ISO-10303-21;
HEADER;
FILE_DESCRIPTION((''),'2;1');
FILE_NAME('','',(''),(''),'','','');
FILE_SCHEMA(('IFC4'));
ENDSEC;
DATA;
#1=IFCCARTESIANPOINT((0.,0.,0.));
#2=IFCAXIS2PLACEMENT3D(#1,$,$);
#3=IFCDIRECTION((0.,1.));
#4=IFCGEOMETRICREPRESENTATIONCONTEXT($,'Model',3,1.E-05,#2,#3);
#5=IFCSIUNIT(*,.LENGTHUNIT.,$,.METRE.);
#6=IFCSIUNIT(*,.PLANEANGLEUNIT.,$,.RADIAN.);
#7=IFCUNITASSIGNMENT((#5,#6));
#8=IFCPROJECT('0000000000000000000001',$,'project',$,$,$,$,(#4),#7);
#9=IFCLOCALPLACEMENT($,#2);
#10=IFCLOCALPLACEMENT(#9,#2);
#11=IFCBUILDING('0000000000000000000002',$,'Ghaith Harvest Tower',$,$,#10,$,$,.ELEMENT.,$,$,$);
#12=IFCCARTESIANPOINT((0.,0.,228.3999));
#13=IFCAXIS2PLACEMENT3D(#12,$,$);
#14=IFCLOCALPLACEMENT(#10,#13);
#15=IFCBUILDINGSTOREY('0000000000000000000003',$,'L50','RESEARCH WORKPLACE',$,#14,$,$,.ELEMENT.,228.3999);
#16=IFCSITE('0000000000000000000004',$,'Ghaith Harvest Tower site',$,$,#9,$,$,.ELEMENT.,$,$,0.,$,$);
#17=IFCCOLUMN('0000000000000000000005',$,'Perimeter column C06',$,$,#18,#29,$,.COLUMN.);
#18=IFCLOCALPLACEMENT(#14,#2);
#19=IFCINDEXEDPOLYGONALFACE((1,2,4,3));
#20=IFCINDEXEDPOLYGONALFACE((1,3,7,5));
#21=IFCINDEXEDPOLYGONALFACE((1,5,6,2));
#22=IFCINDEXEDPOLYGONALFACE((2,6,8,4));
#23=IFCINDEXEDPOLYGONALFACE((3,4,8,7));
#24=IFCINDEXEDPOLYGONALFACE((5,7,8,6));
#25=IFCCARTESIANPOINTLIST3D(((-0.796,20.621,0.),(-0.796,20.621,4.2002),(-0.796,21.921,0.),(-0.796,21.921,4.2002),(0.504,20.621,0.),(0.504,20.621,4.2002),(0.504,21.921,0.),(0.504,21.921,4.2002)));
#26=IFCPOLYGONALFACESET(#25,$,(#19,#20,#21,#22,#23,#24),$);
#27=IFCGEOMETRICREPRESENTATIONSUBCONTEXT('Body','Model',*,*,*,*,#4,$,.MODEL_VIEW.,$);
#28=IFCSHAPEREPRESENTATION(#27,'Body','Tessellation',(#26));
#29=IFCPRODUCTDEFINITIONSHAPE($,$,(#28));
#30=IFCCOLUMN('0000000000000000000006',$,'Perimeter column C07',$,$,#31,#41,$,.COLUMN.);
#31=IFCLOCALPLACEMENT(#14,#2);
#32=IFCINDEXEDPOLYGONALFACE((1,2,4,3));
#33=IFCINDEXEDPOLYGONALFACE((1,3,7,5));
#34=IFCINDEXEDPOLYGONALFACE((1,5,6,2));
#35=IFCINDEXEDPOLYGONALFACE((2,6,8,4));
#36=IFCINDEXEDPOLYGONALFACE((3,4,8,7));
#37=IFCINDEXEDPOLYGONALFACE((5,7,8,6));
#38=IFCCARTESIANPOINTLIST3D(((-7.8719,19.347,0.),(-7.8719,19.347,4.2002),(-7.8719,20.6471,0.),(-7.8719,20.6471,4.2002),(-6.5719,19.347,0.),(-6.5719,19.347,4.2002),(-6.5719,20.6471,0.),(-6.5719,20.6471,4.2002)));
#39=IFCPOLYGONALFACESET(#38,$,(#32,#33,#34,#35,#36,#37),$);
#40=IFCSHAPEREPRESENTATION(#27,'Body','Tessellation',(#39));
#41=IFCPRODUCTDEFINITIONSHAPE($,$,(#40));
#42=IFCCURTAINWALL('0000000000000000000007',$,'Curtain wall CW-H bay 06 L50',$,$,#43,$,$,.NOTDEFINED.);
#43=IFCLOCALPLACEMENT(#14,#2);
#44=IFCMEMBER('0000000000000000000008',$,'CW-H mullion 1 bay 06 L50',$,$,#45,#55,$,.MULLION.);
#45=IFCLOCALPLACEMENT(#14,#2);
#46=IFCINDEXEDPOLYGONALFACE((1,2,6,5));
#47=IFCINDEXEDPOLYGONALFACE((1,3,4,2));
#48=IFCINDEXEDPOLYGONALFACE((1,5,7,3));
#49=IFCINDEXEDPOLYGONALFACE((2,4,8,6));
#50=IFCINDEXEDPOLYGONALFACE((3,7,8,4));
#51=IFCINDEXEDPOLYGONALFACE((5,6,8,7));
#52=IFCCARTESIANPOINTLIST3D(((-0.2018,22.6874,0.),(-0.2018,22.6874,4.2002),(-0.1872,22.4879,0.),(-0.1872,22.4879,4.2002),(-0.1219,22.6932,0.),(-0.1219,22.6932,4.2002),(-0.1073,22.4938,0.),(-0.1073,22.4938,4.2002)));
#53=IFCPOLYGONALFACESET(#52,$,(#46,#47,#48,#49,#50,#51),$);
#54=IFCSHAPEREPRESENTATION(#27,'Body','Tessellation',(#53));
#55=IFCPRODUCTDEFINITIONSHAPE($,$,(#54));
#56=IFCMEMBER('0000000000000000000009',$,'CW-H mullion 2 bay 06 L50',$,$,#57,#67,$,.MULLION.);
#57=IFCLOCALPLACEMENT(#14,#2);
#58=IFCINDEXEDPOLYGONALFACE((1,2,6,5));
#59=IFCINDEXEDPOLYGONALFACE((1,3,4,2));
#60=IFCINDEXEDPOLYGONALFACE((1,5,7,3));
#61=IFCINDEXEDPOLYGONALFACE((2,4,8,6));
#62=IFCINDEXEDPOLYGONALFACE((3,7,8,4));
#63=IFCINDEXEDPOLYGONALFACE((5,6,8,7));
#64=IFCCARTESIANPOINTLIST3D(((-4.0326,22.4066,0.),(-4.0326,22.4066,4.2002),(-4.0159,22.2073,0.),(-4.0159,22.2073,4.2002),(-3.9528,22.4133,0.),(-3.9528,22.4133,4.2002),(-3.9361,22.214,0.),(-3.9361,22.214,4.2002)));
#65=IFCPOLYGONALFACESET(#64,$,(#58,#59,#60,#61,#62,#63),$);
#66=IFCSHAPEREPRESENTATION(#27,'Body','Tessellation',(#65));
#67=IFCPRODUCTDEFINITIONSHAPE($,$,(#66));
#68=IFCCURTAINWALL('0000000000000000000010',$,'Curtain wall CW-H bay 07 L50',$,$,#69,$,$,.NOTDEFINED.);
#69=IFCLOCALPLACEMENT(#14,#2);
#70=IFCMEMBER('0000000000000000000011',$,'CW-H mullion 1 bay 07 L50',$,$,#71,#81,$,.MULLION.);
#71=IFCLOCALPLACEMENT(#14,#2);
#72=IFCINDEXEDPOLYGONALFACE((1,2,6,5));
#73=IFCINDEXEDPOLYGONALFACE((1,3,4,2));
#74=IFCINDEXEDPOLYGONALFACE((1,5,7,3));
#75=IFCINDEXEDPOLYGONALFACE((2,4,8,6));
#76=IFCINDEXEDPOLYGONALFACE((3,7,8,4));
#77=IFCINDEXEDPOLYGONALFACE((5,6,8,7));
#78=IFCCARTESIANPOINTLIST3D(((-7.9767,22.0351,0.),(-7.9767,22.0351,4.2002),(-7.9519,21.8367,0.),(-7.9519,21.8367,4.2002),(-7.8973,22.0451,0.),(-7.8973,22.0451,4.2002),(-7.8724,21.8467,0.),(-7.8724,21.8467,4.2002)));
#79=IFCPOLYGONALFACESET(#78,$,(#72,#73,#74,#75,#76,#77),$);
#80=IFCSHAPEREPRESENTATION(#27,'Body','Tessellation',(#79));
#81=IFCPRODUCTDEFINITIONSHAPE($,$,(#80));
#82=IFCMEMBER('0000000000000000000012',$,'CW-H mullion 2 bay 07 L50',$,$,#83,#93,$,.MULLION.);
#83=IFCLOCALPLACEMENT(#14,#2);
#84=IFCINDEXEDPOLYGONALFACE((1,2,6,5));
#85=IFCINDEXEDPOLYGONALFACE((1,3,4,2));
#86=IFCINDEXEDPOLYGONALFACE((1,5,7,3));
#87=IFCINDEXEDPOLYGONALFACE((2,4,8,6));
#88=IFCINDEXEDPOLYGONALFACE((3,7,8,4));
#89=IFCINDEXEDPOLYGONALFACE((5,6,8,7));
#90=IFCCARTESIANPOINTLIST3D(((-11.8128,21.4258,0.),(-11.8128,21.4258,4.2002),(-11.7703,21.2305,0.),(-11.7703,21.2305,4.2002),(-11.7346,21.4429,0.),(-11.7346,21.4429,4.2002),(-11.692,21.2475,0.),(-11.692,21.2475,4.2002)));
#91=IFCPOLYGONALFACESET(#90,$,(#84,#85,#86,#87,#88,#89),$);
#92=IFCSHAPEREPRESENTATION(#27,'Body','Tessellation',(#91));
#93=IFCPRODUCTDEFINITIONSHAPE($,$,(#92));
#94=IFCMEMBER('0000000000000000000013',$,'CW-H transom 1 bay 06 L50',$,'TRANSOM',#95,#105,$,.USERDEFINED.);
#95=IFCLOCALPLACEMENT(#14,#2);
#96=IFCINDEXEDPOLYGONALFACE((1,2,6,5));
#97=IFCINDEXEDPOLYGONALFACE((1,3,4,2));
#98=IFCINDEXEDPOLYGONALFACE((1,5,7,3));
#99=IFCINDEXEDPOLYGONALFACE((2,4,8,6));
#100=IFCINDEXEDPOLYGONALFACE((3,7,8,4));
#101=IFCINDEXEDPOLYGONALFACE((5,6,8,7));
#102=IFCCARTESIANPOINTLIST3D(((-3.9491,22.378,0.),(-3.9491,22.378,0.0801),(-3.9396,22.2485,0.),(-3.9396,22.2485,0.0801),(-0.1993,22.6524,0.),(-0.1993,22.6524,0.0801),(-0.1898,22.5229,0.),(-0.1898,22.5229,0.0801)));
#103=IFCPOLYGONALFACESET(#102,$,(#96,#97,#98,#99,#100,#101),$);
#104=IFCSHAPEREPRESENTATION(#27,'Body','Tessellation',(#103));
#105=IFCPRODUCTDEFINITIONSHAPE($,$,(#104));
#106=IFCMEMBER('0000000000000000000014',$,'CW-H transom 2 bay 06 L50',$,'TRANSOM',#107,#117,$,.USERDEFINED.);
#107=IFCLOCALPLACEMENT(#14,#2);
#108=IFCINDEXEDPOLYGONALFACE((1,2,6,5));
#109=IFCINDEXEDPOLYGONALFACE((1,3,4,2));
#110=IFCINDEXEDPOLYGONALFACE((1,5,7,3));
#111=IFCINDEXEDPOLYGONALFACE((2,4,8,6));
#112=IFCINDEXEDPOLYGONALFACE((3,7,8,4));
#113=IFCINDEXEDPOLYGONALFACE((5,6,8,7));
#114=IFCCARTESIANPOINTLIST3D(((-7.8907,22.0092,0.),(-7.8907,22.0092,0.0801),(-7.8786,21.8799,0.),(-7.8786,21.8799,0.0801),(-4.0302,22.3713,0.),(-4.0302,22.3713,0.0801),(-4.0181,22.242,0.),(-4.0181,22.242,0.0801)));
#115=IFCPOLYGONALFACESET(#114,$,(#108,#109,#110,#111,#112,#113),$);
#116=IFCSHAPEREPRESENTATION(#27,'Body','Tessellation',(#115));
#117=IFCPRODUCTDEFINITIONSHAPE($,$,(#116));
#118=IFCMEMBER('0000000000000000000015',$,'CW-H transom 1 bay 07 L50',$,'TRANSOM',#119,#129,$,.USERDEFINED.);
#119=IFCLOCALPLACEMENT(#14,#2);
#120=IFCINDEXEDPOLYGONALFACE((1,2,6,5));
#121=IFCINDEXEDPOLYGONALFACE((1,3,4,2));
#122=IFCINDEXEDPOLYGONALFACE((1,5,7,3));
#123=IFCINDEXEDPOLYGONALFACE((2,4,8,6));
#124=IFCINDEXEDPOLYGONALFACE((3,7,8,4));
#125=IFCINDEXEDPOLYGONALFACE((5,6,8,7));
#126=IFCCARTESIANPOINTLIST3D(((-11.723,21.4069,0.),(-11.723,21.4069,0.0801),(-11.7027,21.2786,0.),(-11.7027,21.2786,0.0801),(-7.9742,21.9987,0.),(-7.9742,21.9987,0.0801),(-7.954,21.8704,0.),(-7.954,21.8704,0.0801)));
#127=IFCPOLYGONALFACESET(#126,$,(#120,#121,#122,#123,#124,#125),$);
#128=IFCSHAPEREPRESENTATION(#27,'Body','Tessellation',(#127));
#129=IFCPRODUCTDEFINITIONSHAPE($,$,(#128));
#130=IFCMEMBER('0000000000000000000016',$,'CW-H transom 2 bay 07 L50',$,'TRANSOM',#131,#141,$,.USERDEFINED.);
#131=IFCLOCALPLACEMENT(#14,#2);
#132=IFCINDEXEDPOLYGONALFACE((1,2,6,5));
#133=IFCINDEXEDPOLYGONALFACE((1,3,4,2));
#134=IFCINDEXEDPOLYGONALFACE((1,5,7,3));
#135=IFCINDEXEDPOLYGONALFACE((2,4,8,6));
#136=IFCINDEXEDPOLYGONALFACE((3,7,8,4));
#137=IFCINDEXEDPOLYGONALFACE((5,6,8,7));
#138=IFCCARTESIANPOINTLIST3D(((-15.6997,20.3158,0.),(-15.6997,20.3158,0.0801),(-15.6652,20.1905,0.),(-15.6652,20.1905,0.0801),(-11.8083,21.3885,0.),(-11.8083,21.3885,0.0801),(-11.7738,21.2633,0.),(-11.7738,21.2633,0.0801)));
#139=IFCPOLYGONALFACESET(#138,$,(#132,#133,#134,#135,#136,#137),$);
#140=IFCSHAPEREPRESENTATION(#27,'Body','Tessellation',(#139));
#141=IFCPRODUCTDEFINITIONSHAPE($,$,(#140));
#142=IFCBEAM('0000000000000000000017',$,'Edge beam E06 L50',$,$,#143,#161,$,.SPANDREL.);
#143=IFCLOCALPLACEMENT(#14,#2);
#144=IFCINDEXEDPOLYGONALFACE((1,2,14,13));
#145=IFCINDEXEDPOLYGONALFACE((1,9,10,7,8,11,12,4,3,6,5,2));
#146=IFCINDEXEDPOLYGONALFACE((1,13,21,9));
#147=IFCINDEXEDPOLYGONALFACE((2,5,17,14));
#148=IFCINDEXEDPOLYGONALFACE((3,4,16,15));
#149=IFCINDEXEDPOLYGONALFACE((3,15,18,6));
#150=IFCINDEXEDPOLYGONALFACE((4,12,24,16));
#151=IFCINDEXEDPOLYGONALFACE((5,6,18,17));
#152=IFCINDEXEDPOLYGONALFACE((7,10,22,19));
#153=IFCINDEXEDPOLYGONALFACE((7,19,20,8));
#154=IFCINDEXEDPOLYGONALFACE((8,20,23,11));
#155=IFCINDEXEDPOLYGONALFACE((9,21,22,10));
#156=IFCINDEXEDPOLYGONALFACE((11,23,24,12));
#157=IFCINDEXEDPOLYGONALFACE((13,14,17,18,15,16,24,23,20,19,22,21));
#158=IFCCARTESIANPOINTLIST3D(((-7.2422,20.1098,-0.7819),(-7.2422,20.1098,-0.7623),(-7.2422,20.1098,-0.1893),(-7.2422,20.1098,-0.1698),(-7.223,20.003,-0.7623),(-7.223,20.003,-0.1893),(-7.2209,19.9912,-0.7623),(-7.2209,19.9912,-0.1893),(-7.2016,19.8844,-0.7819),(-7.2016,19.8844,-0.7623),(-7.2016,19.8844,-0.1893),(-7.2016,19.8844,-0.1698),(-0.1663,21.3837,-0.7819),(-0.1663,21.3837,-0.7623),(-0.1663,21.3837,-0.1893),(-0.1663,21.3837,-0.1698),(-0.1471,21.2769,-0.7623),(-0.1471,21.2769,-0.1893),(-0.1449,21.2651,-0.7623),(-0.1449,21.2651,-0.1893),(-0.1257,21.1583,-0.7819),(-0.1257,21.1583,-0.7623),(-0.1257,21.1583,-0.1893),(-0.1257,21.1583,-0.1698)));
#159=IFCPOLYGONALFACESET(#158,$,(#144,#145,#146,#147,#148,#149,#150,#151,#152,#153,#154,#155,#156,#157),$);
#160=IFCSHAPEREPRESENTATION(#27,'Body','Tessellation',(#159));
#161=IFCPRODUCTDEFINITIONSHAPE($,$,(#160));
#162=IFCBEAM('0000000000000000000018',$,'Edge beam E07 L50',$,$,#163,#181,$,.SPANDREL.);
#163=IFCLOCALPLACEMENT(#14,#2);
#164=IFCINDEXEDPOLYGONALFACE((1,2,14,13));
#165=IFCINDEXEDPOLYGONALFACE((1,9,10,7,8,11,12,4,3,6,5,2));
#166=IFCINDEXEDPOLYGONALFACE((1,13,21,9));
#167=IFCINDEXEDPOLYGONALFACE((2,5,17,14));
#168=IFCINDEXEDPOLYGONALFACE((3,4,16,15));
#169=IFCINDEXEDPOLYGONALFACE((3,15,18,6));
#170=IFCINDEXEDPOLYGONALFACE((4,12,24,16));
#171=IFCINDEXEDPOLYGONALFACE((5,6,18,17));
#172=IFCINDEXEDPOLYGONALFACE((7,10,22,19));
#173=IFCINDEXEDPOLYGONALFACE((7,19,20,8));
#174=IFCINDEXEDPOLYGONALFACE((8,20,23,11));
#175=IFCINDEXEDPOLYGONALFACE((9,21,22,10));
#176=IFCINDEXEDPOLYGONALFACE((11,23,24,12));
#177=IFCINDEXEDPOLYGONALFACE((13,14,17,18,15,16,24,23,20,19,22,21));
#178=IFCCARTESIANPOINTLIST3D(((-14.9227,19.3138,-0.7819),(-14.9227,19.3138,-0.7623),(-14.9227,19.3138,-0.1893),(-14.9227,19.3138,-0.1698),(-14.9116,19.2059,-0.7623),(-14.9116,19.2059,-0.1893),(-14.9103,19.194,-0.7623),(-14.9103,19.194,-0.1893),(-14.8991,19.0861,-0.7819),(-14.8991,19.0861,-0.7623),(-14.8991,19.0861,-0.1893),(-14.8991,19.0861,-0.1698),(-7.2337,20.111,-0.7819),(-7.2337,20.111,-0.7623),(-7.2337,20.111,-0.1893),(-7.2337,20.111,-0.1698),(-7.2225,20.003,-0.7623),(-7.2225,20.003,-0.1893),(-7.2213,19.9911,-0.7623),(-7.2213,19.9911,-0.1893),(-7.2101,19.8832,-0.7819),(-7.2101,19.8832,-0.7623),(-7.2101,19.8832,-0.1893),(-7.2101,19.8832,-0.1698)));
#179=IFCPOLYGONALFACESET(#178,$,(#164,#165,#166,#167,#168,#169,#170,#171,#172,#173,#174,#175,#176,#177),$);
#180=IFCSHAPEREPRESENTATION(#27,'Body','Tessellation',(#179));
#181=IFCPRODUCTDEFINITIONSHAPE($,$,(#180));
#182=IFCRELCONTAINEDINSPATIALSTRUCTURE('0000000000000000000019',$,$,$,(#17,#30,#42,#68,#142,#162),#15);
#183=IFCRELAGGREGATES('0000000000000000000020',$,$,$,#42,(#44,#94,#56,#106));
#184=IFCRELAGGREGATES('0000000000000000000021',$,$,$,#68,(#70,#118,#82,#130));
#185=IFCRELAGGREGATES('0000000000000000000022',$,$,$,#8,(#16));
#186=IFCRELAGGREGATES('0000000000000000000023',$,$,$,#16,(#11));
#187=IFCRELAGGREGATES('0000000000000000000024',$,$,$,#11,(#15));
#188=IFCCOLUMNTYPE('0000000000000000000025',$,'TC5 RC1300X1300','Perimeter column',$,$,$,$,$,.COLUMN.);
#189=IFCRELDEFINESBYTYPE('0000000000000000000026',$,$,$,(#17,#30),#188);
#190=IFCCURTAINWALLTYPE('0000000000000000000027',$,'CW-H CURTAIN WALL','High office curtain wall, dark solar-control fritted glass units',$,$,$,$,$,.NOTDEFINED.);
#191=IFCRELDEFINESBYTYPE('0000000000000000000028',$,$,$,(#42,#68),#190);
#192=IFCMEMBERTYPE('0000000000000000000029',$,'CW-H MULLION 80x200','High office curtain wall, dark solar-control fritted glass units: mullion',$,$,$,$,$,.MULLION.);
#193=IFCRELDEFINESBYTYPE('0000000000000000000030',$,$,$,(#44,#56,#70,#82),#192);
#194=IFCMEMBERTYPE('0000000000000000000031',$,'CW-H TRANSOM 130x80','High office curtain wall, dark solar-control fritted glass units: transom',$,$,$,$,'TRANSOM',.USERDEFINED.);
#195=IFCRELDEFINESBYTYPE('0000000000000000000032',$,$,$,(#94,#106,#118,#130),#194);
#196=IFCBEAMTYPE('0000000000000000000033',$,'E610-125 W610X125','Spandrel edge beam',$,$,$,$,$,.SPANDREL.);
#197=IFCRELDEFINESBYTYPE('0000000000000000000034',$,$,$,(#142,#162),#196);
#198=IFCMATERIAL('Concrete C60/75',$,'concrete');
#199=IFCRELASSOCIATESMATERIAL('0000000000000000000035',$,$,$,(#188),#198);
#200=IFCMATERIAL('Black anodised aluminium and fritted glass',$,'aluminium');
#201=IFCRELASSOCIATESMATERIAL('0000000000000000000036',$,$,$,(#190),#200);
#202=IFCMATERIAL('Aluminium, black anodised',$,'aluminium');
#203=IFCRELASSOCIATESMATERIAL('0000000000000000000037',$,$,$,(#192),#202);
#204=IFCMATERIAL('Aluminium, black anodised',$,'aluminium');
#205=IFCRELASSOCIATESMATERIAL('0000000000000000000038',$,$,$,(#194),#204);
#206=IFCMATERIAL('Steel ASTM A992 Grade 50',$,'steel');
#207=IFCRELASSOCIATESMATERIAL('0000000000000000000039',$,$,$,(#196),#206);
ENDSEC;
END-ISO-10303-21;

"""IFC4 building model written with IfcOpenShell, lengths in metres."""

from ifc_helpers import new_model, si_unit, direction, frame, origin, origin_2d, place, context, subcontext, project, spatial, rectangle, i_section, extrude, material, material_profile, profile_set, type_object, element, aggregate, save


model = new_model("IFC4")

# Units and contexts
model_context = context("Model", 3, precision=1e-05, world=origin(), true_north=direction((0.0, 1.0)))
body_context = subcontext(model_context, "Body", "Model", "MODEL_VIEW")
ifc_project = project(units=[si_unit("LENGTHUNIT", "METRE"), si_unit("PLANEANGLEUNIT", "RADIAN")], contexts=[model_context])

# Site, building, storey
site_placement = place(None, origin())
site = spatial("IfcSite", under=ifc_project, at=site_placement, Name="Ghaith Harvest Tower site", CompositionType="ELEMENT", RefElevation=0.0)
building_placement = place(site_placement, origin())
building = spatial("IfcBuilding", under=site, at=building_placement, Name="Ghaith Harvest Tower", CompositionType="ELEMENT")
storey_placement = place(building_placement, frame((0.0, 0.0, 228.3999)))
storey = spatial("IfcBuildingStorey", under=building, at=storey_placement, Name="L50", Description="RESEARCH WORKPLACE", CompositionType="ELEMENT", Elevation=228.3999)

# Columns
ifc_material_1 = material(Name="Concrete C60/75", Category="concrete")
ifc_material_profile_1 = material_profile(ifc_material_1, rectangle(XDim=1.3, YDim=1.3, at=origin_2d()), Name="RC1300X1300")
ifc_profile_set_1 = profile_set([ifc_material_profile_1], Name="Concrete C60/75")
column_type = type_object("IfcColumnType", Name="TC5 RC1300X1300", Description="Perimeter column", PredefinedType="COLUMN", material=ifc_profile_set_1)
for number, where, z_axis, x_axis, name in (
    (1, (-0.146, 21.271, 0.0), (0.0, 0.0, 1.0), (1.0, 0.0, 0.0), "Perimeter column C06"),
    (2, (-7.2219, 19.9971, 0.0), (0.0, 0.0, 1.0), (1.0, 0.0, 0.0), "Perimeter column C07"),
):
    element("IfcColumn", number, at=place(storey_placement, frame(where, z_axis=z_axis, x_axis=x_axis)), inside=storey, type_object=column_type, Name=name, PredefinedType="COLUMN", context=body_context, shape_type="SweptSolid", body=[
        extrude(rectangle(XDim=1.3, YDim=1.3, at=origin_2d()), origin(), (0.0, 0.0, 1.0), 4.2002),
    ])

# Curtain walls, members
ifc_material_2 = material(Name="Black anodised aluminium and fritted glass", Category="aluminium")
curtain_wall_type = type_object("IfcCurtainWallType", Name="CW-H CURTAIN WALL", Description="High office curtain wall, dark solar-control fritted glass units", PredefinedType="NOTDEFINED", material=ifc_material_2)
curtain_wall_1_placement = place(storey_placement, origin())
curtain_wall_1 = element("IfcCurtainWall", 3, at=curtain_wall_1_placement, inside=storey, type_object=curtain_wall_type, Name="Curtain wall CW-H bay 06 L50", PredefinedType="NOTDEFINED")
ifc_material_3 = material(Name="Aluminium, black anodised", Category="aluminium")
ifc_material_profile_2 = material_profile(ifc_material_3, rectangle(XDim=0.0801, YDim=0.2, at=origin_2d()), Name="CW-H MULLION 80x200")
ifc_profile_set_2 = profile_set([ifc_material_profile_2], Name="Aluminium, black anodised")
member_type_1 = type_object("IfcMemberType", Name="CW-H MULLION 80x200", Description="High office curtain wall, dark solar-control fritted glass units: mullion", PredefinedType="MULLION", material=ifc_profile_set_2)
member_1_placement = place(storey_placement, frame((-0.1545, 22.5906, 0.0), z_axis=(0.0, 0.0, 1.0), x_axis=(-0.997329, -0.073037, 0.0)))
member_1 = element("IfcMember", 4, at=member_1_placement, type_object=member_type_1, Name="CW-H mullion 1 bay 06 L50", PredefinedType="MULLION", context=body_context, shape_type="SweptSolid", body=[
    extrude(rectangle(XDim=0.0801, YDim=0.2, at=origin_2d()), origin(), (0.0, 0.0, 1.0), 4.2002),
])
member_2_placement = place(storey_placement, frame((-3.9844, 22.3103, 0.0), z_axis=(0.0, 0.0, 1.0), x_axis=(-0.996523, -0.083324, 0.0)))
member_2 = element("IfcMember", 5, at=member_2_placement, type_object=member_type_1, Name="CW-H mullion 2 bay 06 L50", PredefinedType="MULLION", context=body_context, shape_type="SweptSolid", body=[
    extrude(rectangle(XDim=0.0801, YDim=0.2, at=origin_2d()), origin(), (0.0, 0.0, 1.0), 4.2002),
])
curtain_wall_2_placement = place(storey_placement, origin())
curtain_wall_2 = element("IfcCurtainWall", 6, at=curtain_wall_2_placement, inside=storey, type_object=curtain_wall_type, Name="Curtain wall CW-H bay 07 L50", PredefinedType="NOTDEFINED")
member_3_placement = place(storey_placement, frame((-7.9246, 21.9409, 0.0), z_axis=(0.0, 0.0, 1.0), x_axis=(-0.992235, -0.124373, 0.0)))
member_3 = element("IfcMember", 7, at=member_3_placement, type_object=member_type_1, Name="CW-H mullion 1 bay 07 L50", PredefinedType="MULLION", context=body_context, shape_type="SweptSolid", body=[
    extrude(rectangle(XDim=0.0801, YDim=0.2, at=origin_2d()), origin(), (0.0, 0.0, 1.0), 4.2002),
])
member_4_placement = place(storey_placement, frame((-11.7524, 21.3367, 0.0), z_axis=(0.0, 0.0, 1.0), x_axis=(-0.977086, -0.212843, 0.0)))
member_4 = element("IfcMember", 8, at=member_4_placement, type_object=member_type_1, Name="CW-H mullion 2 bay 07 L50", PredefinedType="MULLION", context=body_context, shape_type="SweptSolid", body=[
    extrude(rectangle(XDim=0.0801, YDim=0.2, at=origin_2d()), origin(), (0.0, 0.0, 1.0), 4.2002),
])

# Members
ifc_material_4 = material(Name="Aluminium, black anodised", Category="aluminium")
ifc_material_profile_3 = material_profile(ifc_material_4, rectangle(XDim=0.1299, YDim=0.0801, at=origin_2d()), Name="CW-H TRANSOM 130x80")
ifc_profile_set_3 = profile_set([ifc_material_profile_3], Name="Aluminium, black anodised")
member_type_2 = type_object("IfcMemberType", Name="CW-H TRANSOM 130x80", Description="High office curtain wall, dark solar-control fritted glass units: transom", ElementType="TRANSOM", PredefinedType="USERDEFINED", material=ifc_profile_set_3)
member_5_placement = place(storey_placement, frame((-0.1946, 22.5876, 0.04), z_axis=(-0.997333, -0.072987, 0.0), x_axis=(0.072987, -0.997333, 0.0)))
member_5 = element("IfcMember", 9, at=member_5_placement, type_object=member_type_2, Name="CW-H transom 1 bay 06 L50", ObjectType="TRANSOM", PredefinedType="USERDEFINED", context=body_context, shape_type="SweptSolid", body=[
    extrude(rectangle(XDim=0.1299, YDim=0.0801, at=origin_2d()), origin(), (0.0, 0.0, 1.0), 3.7598),
])
member_6_placement = place(storey_placement, frame((-4.0242, 22.3066, 0.04), z_axis=(-0.995631, -0.093374, 0.0), x_axis=(0.093374, -0.995631, 0.0)))
member_6 = element("IfcMember", 10, at=member_6_placement, type_object=member_type_2, Name="CW-H transom 2 bay 06 L50", ObjectType="TRANSOM", PredefinedType="USERDEFINED", context=body_context, shape_type="SweptSolid", body=[
    extrude(rectangle(XDim=0.1299, YDim=0.0801, at=origin_2d()), origin(), (0.0, 0.0, 1.0), 3.8774),
])
member_7_placement = place(storey_placement, frame((-7.9641, 21.9346, 0.04), z_axis=(-0.987768, -0.155933, 0.0), x_axis=(0.155933, -0.987768, 0.0)))
member_7 = element("IfcMember", 11, at=member_7_placement, type_object=member_type_2, Name="CW-H transom 1 bay 07 L50", ObjectType="TRANSOM", PredefinedType="USERDEFINED", context=body_context, shape_type="SweptSolid", body=[
    extrude(rectangle(XDim=0.1299, YDim=0.0801, at=origin_2d()), origin(), (0.0, 0.0, 1.0), 3.7952),
])
member_8_placement = place(storey_placement, frame((-11.791, 21.3259, 0.04), z_axis=(-0.964039, -0.265762, 0.0), x_axis=(0.265762, -0.964039, 0.0)))
member_8 = element("IfcMember", 12, at=member_8_placement, type_object=member_type_2, Name="CW-H transom 2 bay 07 L50", ObjectType="TRANSOM", PredefinedType="USERDEFINED", context=body_context, shape_type="SweptSolid", body=[
    extrude(rectangle(XDim=0.1299, YDim=0.0801, at=origin_2d()), origin(), (0.0, 0.0, 1.0), 4.0366),
])

# Beams
ifc_material_5 = material(Name="Steel ASTM A992 Grade 50", Category="steel")
ifc_material_profile_4 = material_profile(ifc_material_5, i_section(OverallWidth=0.229, OverallDepth=0.6121, WebThickness=0.012, FlangeThickness=0.0195, at=origin_2d()), Name="W610X125")
ifc_profile_set_4 = profile_set([ifc_material_profile_4], Name="Steel ASTM A992 Grade 50")
beam_type_1 = type_object("IfcBeamType", Name="E610-125 W610X125", Description="Spandrel edge beam", PredefinedType="SPANDREL", material=ifc_profile_set_4)
beam_1_placement = place(storey_placement, frame((-0.146, 21.271, -0.4758), z_axis=(-0.984177, -0.177188, 0.0), x_axis=(0.177188, -0.984177, 0.0)))
element("IfcBeam", 13, at=beam_1_placement, inside=storey, type_object=beam_type_1, Name="Edge beam E06 L50", PredefinedType="SPANDREL", context=body_context, shape_type="SweptSolid", body=[
    extrude(i_section(OverallWidth=0.229, OverallDepth=0.6121, WebThickness=0.012, FlangeThickness=0.0195, at=origin_2d()), origin(), (0.0, 0.0, 1.0), 7.1897),
])
beam_2_placement = place(storey_placement, frame((-7.2219, 19.9971, -0.4758), z_axis=(-0.994669, -0.103118, 0.0), x_axis=(0.103118, -0.994669, 0.0)))
element("IfcBeam", 14, at=beam_2_placement, inside=storey, type_object=beam_type_1, Name="Edge beam E07 L50", PredefinedType="SPANDREL", context=body_context, shape_type="SweptSolid", body=[
    extrude(i_section(OverallWidth=0.229, OverallDepth=0.6121, WebThickness=0.012, FlangeThickness=0.0195, at=origin_2d()), origin(), (0.0, 0.0, 1.0), 7.7302),
])

aggregate(curtain_wall_1, [member_1, member_5, member_2, member_6])
aggregate(curtain_wall_2, [member_3, member_7, member_4, member_8])

save(model, "model.ifc")
